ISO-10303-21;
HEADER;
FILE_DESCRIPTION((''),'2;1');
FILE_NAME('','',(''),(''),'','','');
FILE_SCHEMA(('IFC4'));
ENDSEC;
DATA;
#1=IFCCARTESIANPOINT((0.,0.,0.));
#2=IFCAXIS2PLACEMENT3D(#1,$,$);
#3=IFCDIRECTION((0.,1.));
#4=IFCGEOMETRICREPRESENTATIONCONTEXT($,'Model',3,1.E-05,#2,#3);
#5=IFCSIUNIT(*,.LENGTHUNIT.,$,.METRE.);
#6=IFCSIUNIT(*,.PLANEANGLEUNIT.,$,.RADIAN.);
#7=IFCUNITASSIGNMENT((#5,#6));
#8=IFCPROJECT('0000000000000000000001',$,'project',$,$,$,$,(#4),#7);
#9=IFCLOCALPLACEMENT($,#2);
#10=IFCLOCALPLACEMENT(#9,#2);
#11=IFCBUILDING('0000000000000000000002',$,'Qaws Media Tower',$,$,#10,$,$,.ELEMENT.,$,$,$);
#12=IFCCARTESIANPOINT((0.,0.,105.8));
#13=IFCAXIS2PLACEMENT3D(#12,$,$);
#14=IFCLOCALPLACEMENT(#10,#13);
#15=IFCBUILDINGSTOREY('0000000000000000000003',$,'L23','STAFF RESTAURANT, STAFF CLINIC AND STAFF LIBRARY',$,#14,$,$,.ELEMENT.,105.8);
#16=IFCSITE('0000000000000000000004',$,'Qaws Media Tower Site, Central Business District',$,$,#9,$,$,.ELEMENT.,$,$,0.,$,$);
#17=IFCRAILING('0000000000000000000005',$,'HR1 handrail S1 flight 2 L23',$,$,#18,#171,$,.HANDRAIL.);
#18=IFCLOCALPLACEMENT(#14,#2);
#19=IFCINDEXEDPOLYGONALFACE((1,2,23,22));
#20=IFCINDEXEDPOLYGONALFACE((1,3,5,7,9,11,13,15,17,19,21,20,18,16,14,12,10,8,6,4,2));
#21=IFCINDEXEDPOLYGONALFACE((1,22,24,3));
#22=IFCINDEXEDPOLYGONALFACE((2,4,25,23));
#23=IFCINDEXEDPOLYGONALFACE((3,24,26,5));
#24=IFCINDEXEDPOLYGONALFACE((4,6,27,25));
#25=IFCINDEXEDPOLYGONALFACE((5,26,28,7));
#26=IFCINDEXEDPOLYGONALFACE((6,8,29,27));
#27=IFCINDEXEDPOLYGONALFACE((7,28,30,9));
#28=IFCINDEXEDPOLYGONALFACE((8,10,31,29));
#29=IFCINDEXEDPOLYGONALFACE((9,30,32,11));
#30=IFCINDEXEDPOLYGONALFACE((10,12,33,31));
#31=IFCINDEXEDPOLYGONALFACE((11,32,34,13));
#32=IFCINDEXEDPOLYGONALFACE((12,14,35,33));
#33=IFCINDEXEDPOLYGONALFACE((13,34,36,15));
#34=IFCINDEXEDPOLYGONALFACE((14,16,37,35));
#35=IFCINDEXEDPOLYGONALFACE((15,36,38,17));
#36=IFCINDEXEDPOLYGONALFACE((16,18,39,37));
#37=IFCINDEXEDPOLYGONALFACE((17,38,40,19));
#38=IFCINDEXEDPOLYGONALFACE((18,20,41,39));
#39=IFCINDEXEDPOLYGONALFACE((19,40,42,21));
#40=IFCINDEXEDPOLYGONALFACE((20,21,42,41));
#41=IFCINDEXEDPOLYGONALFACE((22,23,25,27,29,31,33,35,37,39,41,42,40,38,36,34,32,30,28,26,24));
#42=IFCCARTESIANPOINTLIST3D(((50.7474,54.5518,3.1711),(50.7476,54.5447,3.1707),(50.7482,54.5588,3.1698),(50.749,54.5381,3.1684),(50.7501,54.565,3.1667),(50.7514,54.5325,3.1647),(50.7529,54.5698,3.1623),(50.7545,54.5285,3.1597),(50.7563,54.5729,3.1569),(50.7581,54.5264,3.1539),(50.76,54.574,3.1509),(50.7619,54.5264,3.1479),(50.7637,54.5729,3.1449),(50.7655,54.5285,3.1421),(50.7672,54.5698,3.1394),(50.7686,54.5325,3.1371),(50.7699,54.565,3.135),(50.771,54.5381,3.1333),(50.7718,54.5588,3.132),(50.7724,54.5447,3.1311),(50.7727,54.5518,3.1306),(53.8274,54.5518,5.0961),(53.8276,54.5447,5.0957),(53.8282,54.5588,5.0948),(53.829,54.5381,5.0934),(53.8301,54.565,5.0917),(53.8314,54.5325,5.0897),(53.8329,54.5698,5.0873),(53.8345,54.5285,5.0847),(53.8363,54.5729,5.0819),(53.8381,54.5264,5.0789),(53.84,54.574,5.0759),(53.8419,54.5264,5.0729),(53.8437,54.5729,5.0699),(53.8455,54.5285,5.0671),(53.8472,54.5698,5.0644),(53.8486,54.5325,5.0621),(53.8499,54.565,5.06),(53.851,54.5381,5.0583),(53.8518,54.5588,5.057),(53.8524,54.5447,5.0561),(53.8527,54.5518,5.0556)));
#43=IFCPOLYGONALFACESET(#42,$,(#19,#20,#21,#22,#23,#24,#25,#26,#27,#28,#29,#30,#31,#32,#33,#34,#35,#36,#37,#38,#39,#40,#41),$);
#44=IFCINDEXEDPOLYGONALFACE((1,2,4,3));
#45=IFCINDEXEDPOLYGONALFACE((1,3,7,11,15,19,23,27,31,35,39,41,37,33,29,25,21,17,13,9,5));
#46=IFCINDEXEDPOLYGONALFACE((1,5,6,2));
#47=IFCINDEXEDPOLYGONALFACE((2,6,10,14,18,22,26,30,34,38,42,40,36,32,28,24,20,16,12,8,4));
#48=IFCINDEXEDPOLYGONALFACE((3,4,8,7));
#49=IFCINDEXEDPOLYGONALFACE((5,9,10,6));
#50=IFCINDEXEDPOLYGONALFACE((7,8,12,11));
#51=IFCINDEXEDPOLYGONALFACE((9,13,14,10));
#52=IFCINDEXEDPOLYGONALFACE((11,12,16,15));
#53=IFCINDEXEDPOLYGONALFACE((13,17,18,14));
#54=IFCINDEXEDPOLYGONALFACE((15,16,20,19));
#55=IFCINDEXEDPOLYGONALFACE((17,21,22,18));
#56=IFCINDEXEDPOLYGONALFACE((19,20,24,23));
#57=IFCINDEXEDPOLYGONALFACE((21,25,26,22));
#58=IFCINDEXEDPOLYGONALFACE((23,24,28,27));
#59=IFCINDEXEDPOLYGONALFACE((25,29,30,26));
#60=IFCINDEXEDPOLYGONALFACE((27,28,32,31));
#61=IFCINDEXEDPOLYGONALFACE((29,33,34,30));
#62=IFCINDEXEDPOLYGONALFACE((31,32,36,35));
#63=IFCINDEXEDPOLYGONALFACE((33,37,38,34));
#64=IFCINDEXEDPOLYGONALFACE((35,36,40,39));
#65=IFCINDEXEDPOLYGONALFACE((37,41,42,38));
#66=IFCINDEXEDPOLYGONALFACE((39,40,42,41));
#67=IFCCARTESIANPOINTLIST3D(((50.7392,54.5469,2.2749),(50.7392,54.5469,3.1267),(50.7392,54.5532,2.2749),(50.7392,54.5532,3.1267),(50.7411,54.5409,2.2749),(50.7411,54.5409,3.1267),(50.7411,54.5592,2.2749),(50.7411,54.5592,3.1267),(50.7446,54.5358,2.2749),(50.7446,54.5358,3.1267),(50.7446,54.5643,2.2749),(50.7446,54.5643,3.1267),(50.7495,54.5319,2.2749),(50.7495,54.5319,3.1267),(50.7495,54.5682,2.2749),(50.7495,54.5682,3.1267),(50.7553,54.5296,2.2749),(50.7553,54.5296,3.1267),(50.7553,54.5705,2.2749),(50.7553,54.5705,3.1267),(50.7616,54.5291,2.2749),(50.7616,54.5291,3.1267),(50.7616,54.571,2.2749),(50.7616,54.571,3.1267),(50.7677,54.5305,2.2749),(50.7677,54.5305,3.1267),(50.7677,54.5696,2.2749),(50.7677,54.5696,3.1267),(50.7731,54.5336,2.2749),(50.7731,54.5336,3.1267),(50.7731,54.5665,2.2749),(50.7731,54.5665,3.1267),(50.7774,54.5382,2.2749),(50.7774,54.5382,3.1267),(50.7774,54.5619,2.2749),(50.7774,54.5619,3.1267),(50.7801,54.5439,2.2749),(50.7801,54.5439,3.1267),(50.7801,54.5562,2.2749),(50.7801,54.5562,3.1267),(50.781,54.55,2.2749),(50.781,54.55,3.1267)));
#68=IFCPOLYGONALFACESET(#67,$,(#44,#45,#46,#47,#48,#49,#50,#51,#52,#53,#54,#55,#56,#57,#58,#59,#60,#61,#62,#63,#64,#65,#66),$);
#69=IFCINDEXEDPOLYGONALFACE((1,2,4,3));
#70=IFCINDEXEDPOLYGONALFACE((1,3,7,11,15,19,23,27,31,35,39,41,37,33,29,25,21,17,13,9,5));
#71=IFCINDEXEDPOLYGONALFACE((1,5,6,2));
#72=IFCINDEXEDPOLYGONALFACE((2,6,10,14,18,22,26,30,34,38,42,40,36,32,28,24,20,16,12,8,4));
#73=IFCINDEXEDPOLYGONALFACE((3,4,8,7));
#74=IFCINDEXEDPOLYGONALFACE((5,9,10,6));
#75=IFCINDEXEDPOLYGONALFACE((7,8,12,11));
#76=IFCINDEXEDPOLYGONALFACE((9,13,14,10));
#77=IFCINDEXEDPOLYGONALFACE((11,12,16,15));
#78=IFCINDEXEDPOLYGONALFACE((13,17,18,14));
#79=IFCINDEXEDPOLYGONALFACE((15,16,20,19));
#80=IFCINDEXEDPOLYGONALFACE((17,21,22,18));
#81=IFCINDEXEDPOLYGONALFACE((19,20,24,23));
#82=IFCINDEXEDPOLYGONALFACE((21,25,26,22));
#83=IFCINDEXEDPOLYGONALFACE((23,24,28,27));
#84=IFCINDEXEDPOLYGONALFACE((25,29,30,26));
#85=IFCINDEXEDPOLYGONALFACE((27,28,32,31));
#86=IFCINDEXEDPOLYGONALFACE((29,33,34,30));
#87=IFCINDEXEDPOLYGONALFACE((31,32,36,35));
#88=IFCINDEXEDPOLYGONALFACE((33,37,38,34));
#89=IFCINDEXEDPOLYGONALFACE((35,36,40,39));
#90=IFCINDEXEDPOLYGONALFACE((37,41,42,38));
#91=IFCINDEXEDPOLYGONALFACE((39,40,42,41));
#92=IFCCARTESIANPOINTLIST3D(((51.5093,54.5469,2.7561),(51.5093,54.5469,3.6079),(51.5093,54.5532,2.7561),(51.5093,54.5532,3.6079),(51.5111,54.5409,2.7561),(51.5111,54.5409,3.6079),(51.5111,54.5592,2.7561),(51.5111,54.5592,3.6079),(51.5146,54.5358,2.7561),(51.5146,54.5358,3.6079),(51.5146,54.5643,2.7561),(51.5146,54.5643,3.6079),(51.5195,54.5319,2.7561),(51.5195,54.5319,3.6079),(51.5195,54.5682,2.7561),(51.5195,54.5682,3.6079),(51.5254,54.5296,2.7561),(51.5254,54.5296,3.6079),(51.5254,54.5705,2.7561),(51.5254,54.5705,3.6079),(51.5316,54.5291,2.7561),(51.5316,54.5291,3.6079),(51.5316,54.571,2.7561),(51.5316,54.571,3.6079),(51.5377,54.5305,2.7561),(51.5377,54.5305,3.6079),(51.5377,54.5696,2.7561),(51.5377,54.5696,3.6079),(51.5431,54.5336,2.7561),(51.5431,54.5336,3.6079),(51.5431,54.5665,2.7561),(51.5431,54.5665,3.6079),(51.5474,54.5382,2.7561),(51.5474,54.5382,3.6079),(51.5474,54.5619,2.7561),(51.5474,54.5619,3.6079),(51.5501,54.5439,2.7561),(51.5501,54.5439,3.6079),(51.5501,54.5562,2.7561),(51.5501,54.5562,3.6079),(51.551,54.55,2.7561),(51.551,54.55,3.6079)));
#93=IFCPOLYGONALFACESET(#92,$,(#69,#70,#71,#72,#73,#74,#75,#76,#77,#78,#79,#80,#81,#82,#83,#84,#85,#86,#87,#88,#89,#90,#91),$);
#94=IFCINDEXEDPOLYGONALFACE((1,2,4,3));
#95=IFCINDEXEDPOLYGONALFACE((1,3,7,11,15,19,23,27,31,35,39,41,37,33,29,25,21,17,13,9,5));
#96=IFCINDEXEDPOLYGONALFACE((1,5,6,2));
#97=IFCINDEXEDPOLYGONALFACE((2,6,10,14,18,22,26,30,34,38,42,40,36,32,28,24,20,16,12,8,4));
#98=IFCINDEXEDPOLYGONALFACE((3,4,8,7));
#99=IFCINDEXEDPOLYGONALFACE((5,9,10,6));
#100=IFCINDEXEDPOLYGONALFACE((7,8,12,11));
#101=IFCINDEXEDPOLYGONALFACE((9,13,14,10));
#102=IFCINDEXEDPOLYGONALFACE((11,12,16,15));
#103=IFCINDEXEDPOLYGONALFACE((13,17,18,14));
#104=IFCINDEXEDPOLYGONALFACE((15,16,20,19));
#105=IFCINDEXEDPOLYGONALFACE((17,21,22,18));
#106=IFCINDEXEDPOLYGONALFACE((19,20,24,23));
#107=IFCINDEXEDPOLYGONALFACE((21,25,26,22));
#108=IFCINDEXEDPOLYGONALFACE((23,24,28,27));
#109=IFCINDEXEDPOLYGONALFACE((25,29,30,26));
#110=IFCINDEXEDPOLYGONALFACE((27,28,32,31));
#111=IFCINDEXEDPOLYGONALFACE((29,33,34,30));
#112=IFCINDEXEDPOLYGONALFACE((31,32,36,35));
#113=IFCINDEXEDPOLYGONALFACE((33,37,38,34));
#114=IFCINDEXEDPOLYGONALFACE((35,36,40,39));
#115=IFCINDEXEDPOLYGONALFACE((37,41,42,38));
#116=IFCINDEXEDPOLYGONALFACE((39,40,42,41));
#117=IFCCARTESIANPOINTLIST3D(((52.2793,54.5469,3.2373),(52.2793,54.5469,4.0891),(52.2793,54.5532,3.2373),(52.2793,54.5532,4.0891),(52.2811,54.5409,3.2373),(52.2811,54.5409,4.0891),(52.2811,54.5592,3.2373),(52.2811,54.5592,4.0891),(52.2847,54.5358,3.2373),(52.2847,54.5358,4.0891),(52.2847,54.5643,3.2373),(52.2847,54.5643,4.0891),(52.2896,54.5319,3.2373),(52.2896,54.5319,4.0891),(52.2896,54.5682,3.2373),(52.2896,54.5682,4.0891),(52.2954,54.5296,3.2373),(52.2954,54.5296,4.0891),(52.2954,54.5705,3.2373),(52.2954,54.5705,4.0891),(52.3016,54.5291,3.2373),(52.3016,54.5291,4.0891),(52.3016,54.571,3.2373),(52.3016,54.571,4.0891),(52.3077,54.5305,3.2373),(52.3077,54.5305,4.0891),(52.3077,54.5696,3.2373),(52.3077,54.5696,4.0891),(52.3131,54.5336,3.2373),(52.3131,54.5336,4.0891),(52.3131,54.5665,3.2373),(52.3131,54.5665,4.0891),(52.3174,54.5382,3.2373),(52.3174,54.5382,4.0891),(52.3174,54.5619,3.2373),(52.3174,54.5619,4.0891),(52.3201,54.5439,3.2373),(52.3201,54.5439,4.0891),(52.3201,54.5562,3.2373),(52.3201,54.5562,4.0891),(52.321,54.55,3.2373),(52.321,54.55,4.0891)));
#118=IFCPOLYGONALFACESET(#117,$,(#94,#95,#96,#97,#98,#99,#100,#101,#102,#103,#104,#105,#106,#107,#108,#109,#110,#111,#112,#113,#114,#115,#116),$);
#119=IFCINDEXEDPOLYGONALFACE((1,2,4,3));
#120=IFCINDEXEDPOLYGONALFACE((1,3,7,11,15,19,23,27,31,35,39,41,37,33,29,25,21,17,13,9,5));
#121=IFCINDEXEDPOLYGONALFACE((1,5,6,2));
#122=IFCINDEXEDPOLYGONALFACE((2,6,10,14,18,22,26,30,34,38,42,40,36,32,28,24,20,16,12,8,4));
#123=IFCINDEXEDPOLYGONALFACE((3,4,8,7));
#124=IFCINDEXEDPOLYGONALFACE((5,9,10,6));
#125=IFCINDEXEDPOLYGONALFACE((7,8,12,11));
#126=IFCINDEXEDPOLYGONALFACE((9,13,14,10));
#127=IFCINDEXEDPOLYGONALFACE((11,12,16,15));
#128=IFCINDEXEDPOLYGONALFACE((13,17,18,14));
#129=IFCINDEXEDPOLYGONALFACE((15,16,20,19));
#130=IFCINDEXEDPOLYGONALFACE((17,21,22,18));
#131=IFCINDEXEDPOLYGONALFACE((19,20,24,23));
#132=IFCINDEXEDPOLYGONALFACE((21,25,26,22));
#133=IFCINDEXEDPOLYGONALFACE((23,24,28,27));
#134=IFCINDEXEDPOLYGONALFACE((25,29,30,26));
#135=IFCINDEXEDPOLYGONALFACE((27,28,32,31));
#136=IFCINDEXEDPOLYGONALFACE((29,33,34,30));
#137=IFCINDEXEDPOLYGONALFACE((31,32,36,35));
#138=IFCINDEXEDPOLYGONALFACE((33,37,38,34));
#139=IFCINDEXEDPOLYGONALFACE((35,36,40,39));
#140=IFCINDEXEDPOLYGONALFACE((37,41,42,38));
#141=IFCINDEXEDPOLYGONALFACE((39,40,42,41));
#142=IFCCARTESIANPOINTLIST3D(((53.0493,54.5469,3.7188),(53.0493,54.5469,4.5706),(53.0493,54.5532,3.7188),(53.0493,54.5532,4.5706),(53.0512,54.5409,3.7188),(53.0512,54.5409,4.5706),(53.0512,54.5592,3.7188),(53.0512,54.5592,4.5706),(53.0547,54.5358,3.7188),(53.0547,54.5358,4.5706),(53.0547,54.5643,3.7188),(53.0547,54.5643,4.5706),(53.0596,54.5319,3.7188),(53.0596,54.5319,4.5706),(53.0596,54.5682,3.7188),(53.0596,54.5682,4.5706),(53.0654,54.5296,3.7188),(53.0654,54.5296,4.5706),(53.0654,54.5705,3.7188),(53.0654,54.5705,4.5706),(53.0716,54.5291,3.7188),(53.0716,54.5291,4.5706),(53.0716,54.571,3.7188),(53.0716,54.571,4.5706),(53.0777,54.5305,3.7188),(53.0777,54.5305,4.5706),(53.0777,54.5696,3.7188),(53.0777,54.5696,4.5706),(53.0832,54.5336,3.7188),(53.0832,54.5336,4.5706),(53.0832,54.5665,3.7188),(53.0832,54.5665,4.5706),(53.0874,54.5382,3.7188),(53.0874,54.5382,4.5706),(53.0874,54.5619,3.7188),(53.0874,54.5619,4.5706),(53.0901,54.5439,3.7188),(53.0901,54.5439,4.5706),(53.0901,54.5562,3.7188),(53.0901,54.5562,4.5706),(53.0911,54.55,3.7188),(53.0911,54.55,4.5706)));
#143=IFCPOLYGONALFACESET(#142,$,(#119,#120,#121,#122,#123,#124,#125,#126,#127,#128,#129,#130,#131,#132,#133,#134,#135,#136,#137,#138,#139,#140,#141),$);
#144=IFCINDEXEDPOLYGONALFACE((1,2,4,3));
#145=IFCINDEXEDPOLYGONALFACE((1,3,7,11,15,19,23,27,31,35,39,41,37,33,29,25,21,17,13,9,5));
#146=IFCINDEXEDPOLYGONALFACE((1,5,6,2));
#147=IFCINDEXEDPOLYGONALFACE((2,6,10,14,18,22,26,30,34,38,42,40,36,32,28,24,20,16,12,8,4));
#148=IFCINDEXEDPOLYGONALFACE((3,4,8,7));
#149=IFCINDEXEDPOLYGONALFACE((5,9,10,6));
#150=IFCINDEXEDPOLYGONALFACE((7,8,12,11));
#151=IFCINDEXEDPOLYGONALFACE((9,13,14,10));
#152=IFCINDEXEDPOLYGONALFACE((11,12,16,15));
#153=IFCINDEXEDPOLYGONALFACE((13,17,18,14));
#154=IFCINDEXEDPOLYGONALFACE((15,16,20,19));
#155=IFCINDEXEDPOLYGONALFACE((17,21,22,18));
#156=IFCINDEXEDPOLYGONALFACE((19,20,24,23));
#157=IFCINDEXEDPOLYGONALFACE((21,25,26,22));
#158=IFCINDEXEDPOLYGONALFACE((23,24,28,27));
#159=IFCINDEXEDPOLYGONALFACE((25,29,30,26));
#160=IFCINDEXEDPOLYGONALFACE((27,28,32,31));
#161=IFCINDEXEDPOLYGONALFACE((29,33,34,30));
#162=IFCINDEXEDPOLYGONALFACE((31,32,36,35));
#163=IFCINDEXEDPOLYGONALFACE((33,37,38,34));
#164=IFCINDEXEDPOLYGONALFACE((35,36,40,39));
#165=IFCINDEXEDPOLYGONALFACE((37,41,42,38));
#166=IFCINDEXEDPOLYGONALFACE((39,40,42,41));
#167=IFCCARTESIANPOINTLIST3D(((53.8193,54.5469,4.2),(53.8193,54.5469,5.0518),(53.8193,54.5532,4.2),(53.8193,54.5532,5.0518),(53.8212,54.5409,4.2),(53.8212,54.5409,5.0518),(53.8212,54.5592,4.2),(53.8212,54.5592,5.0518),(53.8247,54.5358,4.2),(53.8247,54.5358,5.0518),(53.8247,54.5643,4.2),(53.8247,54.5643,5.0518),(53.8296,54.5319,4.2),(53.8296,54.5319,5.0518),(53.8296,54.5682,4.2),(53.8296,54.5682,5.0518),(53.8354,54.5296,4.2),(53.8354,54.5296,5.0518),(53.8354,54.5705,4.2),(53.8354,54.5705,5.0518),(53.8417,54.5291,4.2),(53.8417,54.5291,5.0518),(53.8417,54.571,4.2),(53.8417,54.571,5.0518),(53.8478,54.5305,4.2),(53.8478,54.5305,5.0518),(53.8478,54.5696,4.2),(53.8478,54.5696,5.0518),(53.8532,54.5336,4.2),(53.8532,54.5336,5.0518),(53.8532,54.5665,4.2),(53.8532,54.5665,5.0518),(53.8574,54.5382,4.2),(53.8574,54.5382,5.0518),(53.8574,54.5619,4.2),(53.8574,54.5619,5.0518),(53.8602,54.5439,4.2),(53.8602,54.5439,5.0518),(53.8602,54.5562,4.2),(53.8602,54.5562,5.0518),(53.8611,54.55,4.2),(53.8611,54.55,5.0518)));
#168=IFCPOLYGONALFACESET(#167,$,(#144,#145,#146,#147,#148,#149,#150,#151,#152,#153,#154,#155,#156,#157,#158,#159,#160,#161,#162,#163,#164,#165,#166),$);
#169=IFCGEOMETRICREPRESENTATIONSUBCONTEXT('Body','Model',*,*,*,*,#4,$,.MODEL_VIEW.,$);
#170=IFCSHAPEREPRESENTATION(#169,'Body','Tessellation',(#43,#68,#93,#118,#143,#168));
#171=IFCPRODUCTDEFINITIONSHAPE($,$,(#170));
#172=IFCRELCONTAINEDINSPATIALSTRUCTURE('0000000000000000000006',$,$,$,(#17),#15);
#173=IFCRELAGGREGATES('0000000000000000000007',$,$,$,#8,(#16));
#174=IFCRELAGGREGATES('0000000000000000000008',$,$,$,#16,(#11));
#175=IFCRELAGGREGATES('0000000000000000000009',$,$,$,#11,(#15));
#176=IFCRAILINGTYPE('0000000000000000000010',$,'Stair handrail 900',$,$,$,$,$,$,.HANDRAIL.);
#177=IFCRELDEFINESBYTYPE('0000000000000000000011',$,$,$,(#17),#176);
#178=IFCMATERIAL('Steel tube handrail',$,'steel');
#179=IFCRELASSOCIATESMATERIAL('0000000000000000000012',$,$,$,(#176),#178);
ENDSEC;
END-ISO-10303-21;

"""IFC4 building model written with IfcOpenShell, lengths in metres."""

from ifc_helpers import new_model, si_unit, direction, frame, origin, origin_2d, place, context, subcontext, project, spatial, circle, extrude, material, type_object, element, save


model = new_model("IFC4")

# Units and contexts
model_context = context("Model", 3, precision=1e-05, world=origin(), true_north=direction((0.0, 1.0)))
body_context = subcontext(model_context, "Body", "Model", "MODEL_VIEW")
ifc_project = project(units=[si_unit("LENGTHUNIT", "METRE"), si_unit("PLANEANGLEUNIT", "RADIAN")], contexts=[model_context])

# Site, building, storey
site_placement = place(None, origin())
site = spatial("IfcSite", under=ifc_project, at=site_placement, Name="Qaws Media Tower Site, Central Business District", CompositionType="ELEMENT", RefElevation=0.0)
building_placement = place(site_placement, origin())
building = spatial("IfcBuilding", under=site, at=building_placement, Name="Qaws Media Tower", CompositionType="ELEMENT")
storey_placement = place(building_placement, frame((0.0, 0.0, 105.8)))
storey = spatial("IfcBuildingStorey", under=building, at=storey_placement, Name="L23", Description="STAFF RESTAURANT, STAFF CLINIC AND STAFF LIBRARY", CompositionType="ELEMENT", Elevation=105.8)

# Railing
ifc_material_1 = material(Name="Steel tube handrail", Category="steel")
railing_type = type_object("IfcRailingType", Name="Stair handrail 900", PredefinedType="HANDRAIL", material=ifc_material_1)
for number, where, name in (
    (1, (50.76, 54.55, 2.2749), "HR1 handrail S1 flight 2 L23"),
):
    element("IfcRailing", number, at=place(storey_placement, frame(where)), inside=storey, type_object=railing_type, Name=name, PredefinedType="HANDRAIL", context=body_context, shape_type="SweptSolid", body=[
        extrude(circle(Radius=0.0239, at=origin_2d()), frame((0.0, 0.0, 0.876), z_axis=(0.847998, 0.0, 0.529999), x_axis=(0.0, 1.0, 0.0)), (0.0, 0.0, 1.0), 3.6321),
        extrude(circle(Radius=0.021, at=origin_2d()), origin(), (0.0, 0.0, 1.0), 0.8518),
        extrude(circle(Radius=0.021, at=origin_2d()), frame((0.77, 0.0, 0.4812)), (0.0, 0.0, 1.0), 0.8518),
        extrude(circle(Radius=0.021, at=origin_2d()), frame((1.54, 0.0, 0.9624)), (0.0, 0.0, 1.0), 0.8518),
        extrude(circle(Radius=0.021, at=origin_2d()), frame((2.3101, 0.0, 1.4438)), (0.0, 0.0, 1.0), 0.8518),
        extrude(circle(Radius=0.021, at=origin_2d()), frame((3.0801, 0.0, 1.925)), (0.0, 0.0, 1.0), 0.8518),
    ])

save(model, "model.ifc")
